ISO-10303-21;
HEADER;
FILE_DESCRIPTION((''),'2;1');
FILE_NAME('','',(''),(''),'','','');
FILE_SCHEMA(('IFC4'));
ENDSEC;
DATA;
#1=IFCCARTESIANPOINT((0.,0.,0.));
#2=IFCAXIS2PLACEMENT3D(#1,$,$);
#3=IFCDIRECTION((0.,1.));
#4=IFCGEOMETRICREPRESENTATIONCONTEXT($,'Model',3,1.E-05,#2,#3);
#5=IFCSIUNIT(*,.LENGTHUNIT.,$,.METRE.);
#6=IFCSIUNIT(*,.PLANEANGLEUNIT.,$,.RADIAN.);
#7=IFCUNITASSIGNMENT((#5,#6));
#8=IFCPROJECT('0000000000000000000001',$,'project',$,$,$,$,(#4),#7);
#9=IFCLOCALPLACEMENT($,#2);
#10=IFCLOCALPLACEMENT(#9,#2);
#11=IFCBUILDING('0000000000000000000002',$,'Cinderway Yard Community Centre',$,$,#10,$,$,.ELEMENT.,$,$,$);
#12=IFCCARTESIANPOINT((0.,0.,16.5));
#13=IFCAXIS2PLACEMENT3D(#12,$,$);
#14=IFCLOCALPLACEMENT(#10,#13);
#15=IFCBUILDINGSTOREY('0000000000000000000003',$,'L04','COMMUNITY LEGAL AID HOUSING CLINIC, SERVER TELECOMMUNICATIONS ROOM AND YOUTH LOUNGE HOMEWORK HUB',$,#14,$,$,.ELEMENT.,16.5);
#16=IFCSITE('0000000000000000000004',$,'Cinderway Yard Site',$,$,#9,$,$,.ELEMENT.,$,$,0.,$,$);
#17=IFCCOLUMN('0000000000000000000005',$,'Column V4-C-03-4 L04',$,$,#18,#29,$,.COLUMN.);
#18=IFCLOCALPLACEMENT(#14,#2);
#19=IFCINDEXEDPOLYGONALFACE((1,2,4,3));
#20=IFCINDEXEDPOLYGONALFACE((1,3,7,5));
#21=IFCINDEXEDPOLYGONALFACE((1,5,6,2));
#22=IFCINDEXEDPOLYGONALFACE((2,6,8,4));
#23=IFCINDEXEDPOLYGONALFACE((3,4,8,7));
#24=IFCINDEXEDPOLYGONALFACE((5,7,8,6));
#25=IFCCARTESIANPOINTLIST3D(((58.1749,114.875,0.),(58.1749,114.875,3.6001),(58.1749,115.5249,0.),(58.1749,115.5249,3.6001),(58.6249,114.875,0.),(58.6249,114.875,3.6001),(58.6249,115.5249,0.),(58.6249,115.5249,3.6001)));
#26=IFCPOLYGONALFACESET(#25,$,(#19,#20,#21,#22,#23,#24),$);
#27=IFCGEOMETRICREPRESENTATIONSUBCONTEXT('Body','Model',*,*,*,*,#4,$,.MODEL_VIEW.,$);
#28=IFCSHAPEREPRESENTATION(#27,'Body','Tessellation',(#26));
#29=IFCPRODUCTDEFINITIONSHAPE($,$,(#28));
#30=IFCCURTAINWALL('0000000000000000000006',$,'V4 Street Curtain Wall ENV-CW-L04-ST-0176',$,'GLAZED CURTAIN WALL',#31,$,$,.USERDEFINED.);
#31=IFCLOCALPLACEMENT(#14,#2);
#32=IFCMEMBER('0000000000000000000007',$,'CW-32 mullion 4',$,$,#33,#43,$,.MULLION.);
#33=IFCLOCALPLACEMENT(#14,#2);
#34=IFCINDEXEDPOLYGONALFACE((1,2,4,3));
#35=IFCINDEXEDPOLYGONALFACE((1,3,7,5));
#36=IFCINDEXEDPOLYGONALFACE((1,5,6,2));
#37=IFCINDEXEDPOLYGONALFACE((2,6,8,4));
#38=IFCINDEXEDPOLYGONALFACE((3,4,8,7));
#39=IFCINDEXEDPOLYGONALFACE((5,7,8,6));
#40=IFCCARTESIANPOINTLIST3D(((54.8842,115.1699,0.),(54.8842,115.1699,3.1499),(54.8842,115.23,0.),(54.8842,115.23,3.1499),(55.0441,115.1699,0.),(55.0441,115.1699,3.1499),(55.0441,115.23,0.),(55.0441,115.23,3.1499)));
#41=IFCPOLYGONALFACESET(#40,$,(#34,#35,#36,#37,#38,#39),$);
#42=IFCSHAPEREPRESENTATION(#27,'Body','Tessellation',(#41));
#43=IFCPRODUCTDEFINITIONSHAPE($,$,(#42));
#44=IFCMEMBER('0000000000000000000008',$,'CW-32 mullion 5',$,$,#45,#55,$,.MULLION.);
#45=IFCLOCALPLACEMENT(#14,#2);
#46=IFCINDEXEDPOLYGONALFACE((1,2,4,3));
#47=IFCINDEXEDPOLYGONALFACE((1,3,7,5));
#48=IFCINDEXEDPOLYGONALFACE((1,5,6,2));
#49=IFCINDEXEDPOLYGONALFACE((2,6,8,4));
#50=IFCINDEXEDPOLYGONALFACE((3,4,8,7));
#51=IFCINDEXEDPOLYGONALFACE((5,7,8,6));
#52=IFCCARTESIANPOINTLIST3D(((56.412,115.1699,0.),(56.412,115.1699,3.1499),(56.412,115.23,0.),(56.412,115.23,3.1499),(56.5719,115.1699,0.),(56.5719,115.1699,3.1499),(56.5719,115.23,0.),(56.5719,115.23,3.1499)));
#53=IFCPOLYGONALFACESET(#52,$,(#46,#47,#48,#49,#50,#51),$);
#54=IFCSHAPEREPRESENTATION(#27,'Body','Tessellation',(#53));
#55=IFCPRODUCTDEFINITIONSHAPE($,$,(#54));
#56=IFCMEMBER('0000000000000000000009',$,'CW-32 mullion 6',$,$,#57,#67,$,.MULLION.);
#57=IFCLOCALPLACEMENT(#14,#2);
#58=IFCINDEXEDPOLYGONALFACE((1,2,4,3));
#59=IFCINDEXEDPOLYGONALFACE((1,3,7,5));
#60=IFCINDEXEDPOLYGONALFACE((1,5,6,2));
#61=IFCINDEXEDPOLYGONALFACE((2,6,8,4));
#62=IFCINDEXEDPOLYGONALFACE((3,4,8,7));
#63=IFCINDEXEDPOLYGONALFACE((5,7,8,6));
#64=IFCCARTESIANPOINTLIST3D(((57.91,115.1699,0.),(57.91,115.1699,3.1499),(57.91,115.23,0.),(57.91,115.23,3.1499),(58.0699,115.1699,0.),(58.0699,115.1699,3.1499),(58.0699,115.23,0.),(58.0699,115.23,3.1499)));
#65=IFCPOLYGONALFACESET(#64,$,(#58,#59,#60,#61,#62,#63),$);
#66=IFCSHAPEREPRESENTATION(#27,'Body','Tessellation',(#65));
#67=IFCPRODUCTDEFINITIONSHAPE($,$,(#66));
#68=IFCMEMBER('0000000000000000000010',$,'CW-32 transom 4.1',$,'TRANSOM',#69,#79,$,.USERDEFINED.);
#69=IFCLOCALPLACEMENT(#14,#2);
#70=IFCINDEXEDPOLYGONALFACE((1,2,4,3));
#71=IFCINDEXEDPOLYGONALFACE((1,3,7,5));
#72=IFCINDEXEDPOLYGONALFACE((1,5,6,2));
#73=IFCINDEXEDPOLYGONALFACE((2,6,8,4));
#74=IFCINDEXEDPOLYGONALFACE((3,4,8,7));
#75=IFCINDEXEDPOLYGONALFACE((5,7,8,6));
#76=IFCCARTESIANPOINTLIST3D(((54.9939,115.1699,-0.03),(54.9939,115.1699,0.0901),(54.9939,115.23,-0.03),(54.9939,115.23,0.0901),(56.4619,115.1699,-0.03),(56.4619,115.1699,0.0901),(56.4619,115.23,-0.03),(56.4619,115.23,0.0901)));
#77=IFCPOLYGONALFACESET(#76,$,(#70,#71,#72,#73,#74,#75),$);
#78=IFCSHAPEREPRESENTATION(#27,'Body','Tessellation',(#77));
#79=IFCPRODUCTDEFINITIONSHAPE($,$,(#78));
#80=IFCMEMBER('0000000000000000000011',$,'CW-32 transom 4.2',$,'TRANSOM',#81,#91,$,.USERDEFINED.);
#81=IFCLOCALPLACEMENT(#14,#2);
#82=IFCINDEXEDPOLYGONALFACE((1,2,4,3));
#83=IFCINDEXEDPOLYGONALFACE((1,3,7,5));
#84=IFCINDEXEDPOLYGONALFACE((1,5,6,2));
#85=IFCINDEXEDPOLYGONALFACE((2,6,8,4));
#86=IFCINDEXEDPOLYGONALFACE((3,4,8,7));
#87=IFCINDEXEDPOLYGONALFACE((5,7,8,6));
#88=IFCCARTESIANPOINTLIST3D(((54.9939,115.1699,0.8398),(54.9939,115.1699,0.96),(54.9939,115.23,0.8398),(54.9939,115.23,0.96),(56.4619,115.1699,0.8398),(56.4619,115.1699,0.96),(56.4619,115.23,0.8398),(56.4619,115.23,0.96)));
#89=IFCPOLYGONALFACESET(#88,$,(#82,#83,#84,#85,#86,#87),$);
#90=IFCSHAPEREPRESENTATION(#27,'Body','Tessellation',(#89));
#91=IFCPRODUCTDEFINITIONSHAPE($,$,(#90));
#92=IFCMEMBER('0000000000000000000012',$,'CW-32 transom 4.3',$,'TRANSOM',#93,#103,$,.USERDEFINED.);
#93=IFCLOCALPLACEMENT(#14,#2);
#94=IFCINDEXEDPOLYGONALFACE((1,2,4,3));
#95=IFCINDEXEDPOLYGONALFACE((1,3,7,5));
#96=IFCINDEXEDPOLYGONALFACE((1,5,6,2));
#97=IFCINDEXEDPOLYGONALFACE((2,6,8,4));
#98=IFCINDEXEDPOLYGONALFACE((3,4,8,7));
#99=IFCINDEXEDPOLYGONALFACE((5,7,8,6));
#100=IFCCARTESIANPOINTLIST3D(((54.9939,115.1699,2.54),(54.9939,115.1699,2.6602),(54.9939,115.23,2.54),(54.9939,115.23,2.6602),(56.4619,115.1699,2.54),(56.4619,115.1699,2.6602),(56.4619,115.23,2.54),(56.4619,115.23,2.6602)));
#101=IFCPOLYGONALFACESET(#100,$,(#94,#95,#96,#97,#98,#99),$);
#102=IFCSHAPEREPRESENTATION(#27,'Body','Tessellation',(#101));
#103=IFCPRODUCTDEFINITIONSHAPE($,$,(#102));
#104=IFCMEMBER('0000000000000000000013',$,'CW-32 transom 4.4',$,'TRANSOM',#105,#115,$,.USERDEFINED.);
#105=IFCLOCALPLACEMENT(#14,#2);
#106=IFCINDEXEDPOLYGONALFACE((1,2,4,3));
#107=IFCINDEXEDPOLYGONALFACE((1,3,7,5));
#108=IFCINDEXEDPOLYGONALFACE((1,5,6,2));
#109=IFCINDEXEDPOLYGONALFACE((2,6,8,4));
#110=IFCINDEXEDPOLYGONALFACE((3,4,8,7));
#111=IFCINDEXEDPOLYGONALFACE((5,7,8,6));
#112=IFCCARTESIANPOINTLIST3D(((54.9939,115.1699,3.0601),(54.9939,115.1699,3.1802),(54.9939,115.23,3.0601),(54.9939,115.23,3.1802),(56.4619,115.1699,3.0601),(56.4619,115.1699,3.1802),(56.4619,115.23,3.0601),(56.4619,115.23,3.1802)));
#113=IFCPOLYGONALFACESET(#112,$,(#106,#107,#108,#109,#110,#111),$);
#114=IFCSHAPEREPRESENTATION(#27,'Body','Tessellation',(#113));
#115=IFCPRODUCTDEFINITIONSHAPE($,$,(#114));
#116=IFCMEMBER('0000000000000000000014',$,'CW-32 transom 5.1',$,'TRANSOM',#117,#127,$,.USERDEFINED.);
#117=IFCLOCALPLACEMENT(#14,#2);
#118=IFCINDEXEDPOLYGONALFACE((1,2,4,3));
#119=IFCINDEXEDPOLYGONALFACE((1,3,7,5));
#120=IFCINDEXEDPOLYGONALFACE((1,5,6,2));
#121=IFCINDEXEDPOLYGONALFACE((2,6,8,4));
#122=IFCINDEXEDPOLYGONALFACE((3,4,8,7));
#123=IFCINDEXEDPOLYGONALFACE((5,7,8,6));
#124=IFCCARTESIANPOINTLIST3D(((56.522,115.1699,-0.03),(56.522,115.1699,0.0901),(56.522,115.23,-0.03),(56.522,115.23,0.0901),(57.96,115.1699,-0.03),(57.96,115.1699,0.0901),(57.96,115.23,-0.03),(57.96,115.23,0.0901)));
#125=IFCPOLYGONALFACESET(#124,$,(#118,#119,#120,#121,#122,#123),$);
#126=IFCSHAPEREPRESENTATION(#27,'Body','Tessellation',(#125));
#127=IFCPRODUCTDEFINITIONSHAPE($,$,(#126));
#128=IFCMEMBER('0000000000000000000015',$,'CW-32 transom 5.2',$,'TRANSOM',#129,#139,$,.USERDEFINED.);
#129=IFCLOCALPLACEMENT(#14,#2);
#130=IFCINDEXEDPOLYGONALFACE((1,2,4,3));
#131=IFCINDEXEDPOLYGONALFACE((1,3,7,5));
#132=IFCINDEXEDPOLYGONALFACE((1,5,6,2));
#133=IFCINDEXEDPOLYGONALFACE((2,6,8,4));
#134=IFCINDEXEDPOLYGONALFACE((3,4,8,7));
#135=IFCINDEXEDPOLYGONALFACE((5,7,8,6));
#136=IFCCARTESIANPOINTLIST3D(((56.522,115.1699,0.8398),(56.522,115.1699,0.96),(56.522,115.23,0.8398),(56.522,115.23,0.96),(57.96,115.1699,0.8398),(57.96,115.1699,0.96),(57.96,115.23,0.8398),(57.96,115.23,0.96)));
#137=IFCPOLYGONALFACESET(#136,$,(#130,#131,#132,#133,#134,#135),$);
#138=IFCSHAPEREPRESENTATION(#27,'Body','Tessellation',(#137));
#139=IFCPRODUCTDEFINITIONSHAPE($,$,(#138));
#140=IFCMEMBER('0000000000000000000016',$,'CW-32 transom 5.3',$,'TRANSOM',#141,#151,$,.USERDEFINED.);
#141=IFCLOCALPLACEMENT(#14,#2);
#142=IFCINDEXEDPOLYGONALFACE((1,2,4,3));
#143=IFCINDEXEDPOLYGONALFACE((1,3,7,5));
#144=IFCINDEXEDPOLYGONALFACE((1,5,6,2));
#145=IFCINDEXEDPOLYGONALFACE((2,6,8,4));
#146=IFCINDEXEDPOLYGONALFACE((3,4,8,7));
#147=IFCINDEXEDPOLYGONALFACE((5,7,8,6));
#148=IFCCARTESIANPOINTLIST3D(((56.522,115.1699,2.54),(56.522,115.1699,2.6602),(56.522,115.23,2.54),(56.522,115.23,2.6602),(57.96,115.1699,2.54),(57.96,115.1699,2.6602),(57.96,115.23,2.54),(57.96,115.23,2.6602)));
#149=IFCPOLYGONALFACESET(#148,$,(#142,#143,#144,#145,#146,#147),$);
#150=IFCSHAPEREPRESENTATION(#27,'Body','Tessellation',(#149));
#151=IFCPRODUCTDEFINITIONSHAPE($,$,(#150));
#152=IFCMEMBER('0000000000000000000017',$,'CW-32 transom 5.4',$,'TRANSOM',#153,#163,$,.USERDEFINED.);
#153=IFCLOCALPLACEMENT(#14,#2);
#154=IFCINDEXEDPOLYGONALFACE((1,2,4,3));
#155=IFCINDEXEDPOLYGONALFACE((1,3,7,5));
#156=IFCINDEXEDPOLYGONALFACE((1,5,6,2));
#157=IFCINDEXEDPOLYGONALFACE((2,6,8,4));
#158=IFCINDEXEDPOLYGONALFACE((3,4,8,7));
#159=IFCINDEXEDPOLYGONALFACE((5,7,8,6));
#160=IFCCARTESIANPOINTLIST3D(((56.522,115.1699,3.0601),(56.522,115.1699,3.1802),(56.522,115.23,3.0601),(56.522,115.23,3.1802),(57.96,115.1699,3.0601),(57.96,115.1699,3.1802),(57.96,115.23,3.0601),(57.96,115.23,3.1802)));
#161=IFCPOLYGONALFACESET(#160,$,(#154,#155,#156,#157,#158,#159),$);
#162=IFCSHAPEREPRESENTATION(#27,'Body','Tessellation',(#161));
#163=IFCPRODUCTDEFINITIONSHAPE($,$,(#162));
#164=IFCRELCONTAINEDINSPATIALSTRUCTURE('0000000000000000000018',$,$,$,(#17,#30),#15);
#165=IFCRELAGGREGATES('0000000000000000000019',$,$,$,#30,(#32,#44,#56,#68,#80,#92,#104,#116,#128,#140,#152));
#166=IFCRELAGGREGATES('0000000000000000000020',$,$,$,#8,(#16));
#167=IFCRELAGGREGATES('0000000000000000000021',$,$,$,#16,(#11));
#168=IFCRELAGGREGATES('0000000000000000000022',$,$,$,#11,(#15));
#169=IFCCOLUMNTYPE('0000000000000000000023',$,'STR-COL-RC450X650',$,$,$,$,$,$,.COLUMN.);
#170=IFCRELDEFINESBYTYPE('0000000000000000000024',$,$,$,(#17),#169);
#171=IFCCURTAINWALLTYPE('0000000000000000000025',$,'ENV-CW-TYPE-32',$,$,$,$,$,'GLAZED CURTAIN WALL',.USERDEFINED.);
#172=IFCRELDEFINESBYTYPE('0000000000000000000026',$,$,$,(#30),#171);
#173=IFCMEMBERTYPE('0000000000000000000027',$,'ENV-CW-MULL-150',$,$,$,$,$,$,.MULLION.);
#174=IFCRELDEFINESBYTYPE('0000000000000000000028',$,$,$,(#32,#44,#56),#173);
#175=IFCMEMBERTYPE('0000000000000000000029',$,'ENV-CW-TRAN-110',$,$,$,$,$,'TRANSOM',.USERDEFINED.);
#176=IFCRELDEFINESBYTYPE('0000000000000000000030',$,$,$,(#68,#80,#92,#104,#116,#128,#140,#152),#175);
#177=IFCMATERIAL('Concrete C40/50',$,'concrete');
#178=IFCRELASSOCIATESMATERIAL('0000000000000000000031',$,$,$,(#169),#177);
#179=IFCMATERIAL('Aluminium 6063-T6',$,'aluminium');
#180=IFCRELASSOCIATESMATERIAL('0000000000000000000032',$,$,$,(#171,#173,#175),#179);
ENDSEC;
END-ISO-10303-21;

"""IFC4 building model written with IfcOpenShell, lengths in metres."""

from ifc_helpers import new_model, si_unit, direction, frame, origin, origin_2d, place, context, subcontext, project, spatial, rectangle, extrude, material, material_profile, profile_set, type_object, element, aggregate, save


model = new_model("IFC4")

# Units and contexts
model_context = context("Model", 3, precision=1e-05, world=origin(), true_north=direction((0.0, 1.0)))
body_context = subcontext(model_context, "Body", "Model", "MODEL_VIEW")
ifc_project = project(units=[si_unit("LENGTHUNIT", "METRE"), si_unit("PLANEANGLEUNIT", "RADIAN")], contexts=[model_context])

# Site, building, storey
site_placement = place(None, origin())
site = spatial("IfcSite", under=ifc_project, at=site_placement, Name="Cinderway Yard Site", CompositionType="ELEMENT", RefElevation=0.0)
building_placement = place(site_placement, origin())
building = spatial("IfcBuilding", under=site, at=building_placement, Name="Cinderway Yard Community Centre", CompositionType="ELEMENT")
storey_placement = place(building_placement, frame((0.0, 0.0, 16.5)))
storey = spatial("IfcBuildingStorey", under=building, at=storey_placement, Name="L04", Description="COMMUNITY LEGAL AID HOUSING CLINIC, SERVER TELECOMMUNICATIONS ROOM AND YOUTH LOUNGE HOMEWORK HUB", CompositionType="ELEMENT", Elevation=16.5)

# Column
ifc_material_1 = material(Name="Concrete C40/50", Category="concrete")
ifc_material_profile_1 = material_profile(ifc_material_1, rectangle(XDim=0.45, YDim=0.6499, at=origin_2d()), Name="Concrete C40/50")
ifc_profile_set_1 = profile_set([ifc_material_profile_1], Name="Concrete C40/50")
column_type = type_object("IfcColumnType", Name="STR-COL-RC450X650", PredefinedType="COLUMN", material=ifc_profile_set_1)
column_placement = place(storey_placement, frame((58.3999, 115.2, 0.0), z_axis=(0.0, 0.0, 1.0), x_axis=(1.0, 0.0, 0.0)))
element("IfcColumn", 1, at=column_placement, inside=storey, type_object=column_type, Name="Column V4-C-03-4 L04", PredefinedType="COLUMN", context=body_context, shape_type="SweptSolid", body=[
    extrude(rectangle(XDim=0.45, YDim=0.6499, at=origin_2d()), origin(), (0.0, 0.0, 1.0), 3.6001),
])

# Curtain wall, members
ifc_material_2 = material(Name="Aluminium 6063-T6", Category="aluminium")
curtain_wall_type = type_object("IfcCurtainWallType", Name="ENV-CW-TYPE-32", ElementType="GLAZED CURTAIN WALL", PredefinedType="USERDEFINED", material=ifc_material_2)
curtain_wall_placement = place(storey_placement, origin())
curtain_wall = element("IfcCurtainWall", 2, at=curtain_wall_placement, inside=storey, type_object=curtain_wall_type, Name="V4 Street Curtain Wall ENV-CW-L04-ST-0176", ObjectType="GLAZED CURTAIN WALL", PredefinedType="USERDEFINED")
ifc_material_profile_2 = material_profile(ifc_material_2, rectangle(XDim=0.0601, YDim=0.1599, at=origin_2d()), Name="Aluminium 6063-T6")
ifc_profile_set_2 = profile_set([ifc_material_profile_2], Name="Aluminium 6063-T6")
member_type_1 = type_object("IfcMemberType", Name="ENV-CW-MULL-150", PredefinedType="MULLION", material=ifc_profile_set_2)
member_1_placement = place(storey_placement, frame((54.9641, 115.2, 0.0), z_axis=(0.0, 0.0, 1.0), x_axis=(0.0, 1.0, 0.0)))
member_1 = element("IfcMember", 3, at=member_1_placement, type_object=member_type_1, Name="CW-32 mullion 4", PredefinedType="MULLION", context=body_context, shape_type="SweptSolid", body=[
    extrude(rectangle(XDim=0.0601, YDim=0.1599, at=origin_2d()), origin(), (0.0, 0.0, 1.0), 3.1499),
])
member_2_placement = place(storey_placement, frame((56.4919, 115.2, 0.0), z_axis=(0.0, 0.0, 1.0), x_axis=(0.0, 1.0, 0.0)))
member_2 = element("IfcMember", 4, at=member_2_placement, type_object=member_type_1, Name="CW-32 mullion 5", PredefinedType="MULLION", context=body_context, shape_type="SweptSolid", body=[
    extrude(rectangle(XDim=0.0601, YDim=0.1599, at=origin_2d()), origin(), (0.0, 0.0, 1.0), 3.1499),
])
member_3_placement = place(storey_placement, frame((57.99, 115.2, 0.0), z_axis=(0.0, 0.0, 1.0), x_axis=(0.0, 1.0, 0.0)))
member_3 = element("IfcMember", 5, at=member_3_placement, type_object=member_type_1, Name="CW-32 mullion 6", PredefinedType="MULLION", context=body_context, shape_type="SweptSolid", body=[
    extrude(rectangle(XDim=0.0601, YDim=0.1599, at=origin_2d()), origin(), (0.0, 0.0, 1.0), 3.1499),
])
ifc_material_profile_3 = material_profile(ifc_material_2, rectangle(XDim=0.0601, YDim=0.1201, at=origin_2d()), Name="Aluminium 6063-T6")
ifc_profile_set_3 = profile_set([ifc_material_profile_3], Name="Aluminium 6063-T6")
member_type_2 = type_object("IfcMemberType", Name="ENV-CW-TRAN-110", ElementType="TRANSOM", PredefinedType="USERDEFINED", material=ifc_profile_set_3)
member_4_placement = place(storey_placement, frame((54.9939, 115.2, 0.03), z_axis=(1.0, 0.0, 0.0), x_axis=(0.0, 1.0, 0.0)))
member_4 = element("IfcMember", 6, at=member_4_placement, type_object=member_type_2, Name="CW-32 transom 4.1", ObjectType="TRANSOM", PredefinedType="USERDEFINED", context=body_context, shape_type="SweptSolid", body=[
    extrude(rectangle(XDim=0.0601, YDim=0.1201, at=origin_2d()), origin(), (0.0, 0.0, 1.0), 1.468),
])
member_5_placement = place(storey_placement, frame((54.9939, 115.2, 0.8999), z_axis=(1.0, 0.0, 0.0), x_axis=(0.0, 1.0, 0.0)))
member_5 = element("IfcMember", 7, at=member_5_placement, type_object=member_type_2, Name="CW-32 transom 4.2", ObjectType="TRANSOM", PredefinedType="USERDEFINED", context=body_context, shape_type="SweptSolid", body=[
    extrude(rectangle(XDim=0.0601, YDim=0.1201, at=origin_2d()), origin(), (0.0, 0.0, 1.0), 1.468),
])
member_6_placement = place(storey_placement, frame((54.9939, 115.2, 2.6001), z_axis=(1.0, 0.0, 0.0), x_axis=(0.0, 1.0, 0.0)))
member_6 = element("IfcMember", 8, at=member_6_placement, type_object=member_type_2, Name="CW-32 transom 4.3", ObjectType="TRANSOM", PredefinedType="USERDEFINED", context=body_context, shape_type="SweptSolid", body=[
    extrude(rectangle(XDim=0.0601, YDim=0.1201, at=origin_2d()), origin(), (0.0, 0.0, 1.0), 1.468),
])
member_7_placement = place(storey_placement, frame((54.9939, 115.2, 3.1201), z_axis=(1.0, 0.0, 0.0), x_axis=(0.0, 1.0, 0.0)))
member_7 = element("IfcMember", 9, at=member_7_placement, type_object=member_type_2, Name="CW-32 transom 4.4", ObjectType="TRANSOM", PredefinedType="USERDEFINED", context=body_context, shape_type="SweptSolid", body=[
    extrude(rectangle(XDim=0.0601, YDim=0.1201, at=origin_2d()), origin(), (0.0, 0.0, 1.0), 1.468),
])
member_8_placement = place(storey_placement, frame((56.522, 115.2, 0.03), z_axis=(1.0, 0.0, 0.0), x_axis=(0.0, 1.0, 0.0)))
member_8 = element("IfcMember", 10, at=member_8_placement, type_object=member_type_2, Name="CW-32 transom 5.1", ObjectType="TRANSOM", PredefinedType="USERDEFINED", context=body_context, shape_type="SweptSolid", body=[
    extrude(rectangle(XDim=0.0601, YDim=0.1201, at=origin_2d()), origin(), (0.0, 0.0, 1.0), 1.438),
])
member_9_placement = place(storey_placement, frame((56.522, 115.2, 0.8999), z_axis=(1.0, 0.0, 0.0), x_axis=(0.0, 1.0, 0.0)))
member_9 = element("IfcMember", 11, at=member_9_placement, type_object=member_type_2, Name="CW-32 transom 5.2", ObjectType="TRANSOM", PredefinedType="USERDEFINED", context=body_context, shape_type="SweptSolid", body=[
    extrude(rectangle(XDim=0.0601, YDim=0.1201, at=origin_2d()), origin(), (0.0, 0.0, 1.0), 1.438),
])
member_10_placement = place(storey_placement, frame((56.522, 115.2, 2.6001), z_axis=(1.0, 0.0, 0.0), x_axis=(0.0, 1.0, 0.0)))
member_10 = element("IfcMember", 12, at=member_10_placement, type_object=member_type_2, Name="CW-32 transom 5.3", ObjectType="TRANSOM", PredefinedType="USERDEFINED", context=body_context, shape_type="SweptSolid", body=[
    extrude(rectangle(XDim=0.0601, YDim=0.1201, at=origin_2d()), origin(), (0.0, 0.0, 1.0), 1.438),
])
member_11_placement = place(storey_placement, frame((56.522, 115.2, 3.1201), z_axis=(1.0, 0.0, 0.0), x_axis=(0.0, 1.0, 0.0)))
member_11 = element("IfcMember", 13, at=member_11_placement, type_object=member_type_2, Name="CW-32 transom 5.4", ObjectType="TRANSOM", PredefinedType="USERDEFINED", context=body_context, shape_type="SweptSolid", body=[
    extrude(rectangle(XDim=0.0601, YDim=0.1201, at=origin_2d()), origin(), (0.0, 0.0, 1.0), 1.438),
])

aggregate(curtain_wall, [member_1, member_2, member_3, member_4, member_5, member_6, member_7, member_8, member_9, member_10, member_11])

save(model, "model.ifc")
